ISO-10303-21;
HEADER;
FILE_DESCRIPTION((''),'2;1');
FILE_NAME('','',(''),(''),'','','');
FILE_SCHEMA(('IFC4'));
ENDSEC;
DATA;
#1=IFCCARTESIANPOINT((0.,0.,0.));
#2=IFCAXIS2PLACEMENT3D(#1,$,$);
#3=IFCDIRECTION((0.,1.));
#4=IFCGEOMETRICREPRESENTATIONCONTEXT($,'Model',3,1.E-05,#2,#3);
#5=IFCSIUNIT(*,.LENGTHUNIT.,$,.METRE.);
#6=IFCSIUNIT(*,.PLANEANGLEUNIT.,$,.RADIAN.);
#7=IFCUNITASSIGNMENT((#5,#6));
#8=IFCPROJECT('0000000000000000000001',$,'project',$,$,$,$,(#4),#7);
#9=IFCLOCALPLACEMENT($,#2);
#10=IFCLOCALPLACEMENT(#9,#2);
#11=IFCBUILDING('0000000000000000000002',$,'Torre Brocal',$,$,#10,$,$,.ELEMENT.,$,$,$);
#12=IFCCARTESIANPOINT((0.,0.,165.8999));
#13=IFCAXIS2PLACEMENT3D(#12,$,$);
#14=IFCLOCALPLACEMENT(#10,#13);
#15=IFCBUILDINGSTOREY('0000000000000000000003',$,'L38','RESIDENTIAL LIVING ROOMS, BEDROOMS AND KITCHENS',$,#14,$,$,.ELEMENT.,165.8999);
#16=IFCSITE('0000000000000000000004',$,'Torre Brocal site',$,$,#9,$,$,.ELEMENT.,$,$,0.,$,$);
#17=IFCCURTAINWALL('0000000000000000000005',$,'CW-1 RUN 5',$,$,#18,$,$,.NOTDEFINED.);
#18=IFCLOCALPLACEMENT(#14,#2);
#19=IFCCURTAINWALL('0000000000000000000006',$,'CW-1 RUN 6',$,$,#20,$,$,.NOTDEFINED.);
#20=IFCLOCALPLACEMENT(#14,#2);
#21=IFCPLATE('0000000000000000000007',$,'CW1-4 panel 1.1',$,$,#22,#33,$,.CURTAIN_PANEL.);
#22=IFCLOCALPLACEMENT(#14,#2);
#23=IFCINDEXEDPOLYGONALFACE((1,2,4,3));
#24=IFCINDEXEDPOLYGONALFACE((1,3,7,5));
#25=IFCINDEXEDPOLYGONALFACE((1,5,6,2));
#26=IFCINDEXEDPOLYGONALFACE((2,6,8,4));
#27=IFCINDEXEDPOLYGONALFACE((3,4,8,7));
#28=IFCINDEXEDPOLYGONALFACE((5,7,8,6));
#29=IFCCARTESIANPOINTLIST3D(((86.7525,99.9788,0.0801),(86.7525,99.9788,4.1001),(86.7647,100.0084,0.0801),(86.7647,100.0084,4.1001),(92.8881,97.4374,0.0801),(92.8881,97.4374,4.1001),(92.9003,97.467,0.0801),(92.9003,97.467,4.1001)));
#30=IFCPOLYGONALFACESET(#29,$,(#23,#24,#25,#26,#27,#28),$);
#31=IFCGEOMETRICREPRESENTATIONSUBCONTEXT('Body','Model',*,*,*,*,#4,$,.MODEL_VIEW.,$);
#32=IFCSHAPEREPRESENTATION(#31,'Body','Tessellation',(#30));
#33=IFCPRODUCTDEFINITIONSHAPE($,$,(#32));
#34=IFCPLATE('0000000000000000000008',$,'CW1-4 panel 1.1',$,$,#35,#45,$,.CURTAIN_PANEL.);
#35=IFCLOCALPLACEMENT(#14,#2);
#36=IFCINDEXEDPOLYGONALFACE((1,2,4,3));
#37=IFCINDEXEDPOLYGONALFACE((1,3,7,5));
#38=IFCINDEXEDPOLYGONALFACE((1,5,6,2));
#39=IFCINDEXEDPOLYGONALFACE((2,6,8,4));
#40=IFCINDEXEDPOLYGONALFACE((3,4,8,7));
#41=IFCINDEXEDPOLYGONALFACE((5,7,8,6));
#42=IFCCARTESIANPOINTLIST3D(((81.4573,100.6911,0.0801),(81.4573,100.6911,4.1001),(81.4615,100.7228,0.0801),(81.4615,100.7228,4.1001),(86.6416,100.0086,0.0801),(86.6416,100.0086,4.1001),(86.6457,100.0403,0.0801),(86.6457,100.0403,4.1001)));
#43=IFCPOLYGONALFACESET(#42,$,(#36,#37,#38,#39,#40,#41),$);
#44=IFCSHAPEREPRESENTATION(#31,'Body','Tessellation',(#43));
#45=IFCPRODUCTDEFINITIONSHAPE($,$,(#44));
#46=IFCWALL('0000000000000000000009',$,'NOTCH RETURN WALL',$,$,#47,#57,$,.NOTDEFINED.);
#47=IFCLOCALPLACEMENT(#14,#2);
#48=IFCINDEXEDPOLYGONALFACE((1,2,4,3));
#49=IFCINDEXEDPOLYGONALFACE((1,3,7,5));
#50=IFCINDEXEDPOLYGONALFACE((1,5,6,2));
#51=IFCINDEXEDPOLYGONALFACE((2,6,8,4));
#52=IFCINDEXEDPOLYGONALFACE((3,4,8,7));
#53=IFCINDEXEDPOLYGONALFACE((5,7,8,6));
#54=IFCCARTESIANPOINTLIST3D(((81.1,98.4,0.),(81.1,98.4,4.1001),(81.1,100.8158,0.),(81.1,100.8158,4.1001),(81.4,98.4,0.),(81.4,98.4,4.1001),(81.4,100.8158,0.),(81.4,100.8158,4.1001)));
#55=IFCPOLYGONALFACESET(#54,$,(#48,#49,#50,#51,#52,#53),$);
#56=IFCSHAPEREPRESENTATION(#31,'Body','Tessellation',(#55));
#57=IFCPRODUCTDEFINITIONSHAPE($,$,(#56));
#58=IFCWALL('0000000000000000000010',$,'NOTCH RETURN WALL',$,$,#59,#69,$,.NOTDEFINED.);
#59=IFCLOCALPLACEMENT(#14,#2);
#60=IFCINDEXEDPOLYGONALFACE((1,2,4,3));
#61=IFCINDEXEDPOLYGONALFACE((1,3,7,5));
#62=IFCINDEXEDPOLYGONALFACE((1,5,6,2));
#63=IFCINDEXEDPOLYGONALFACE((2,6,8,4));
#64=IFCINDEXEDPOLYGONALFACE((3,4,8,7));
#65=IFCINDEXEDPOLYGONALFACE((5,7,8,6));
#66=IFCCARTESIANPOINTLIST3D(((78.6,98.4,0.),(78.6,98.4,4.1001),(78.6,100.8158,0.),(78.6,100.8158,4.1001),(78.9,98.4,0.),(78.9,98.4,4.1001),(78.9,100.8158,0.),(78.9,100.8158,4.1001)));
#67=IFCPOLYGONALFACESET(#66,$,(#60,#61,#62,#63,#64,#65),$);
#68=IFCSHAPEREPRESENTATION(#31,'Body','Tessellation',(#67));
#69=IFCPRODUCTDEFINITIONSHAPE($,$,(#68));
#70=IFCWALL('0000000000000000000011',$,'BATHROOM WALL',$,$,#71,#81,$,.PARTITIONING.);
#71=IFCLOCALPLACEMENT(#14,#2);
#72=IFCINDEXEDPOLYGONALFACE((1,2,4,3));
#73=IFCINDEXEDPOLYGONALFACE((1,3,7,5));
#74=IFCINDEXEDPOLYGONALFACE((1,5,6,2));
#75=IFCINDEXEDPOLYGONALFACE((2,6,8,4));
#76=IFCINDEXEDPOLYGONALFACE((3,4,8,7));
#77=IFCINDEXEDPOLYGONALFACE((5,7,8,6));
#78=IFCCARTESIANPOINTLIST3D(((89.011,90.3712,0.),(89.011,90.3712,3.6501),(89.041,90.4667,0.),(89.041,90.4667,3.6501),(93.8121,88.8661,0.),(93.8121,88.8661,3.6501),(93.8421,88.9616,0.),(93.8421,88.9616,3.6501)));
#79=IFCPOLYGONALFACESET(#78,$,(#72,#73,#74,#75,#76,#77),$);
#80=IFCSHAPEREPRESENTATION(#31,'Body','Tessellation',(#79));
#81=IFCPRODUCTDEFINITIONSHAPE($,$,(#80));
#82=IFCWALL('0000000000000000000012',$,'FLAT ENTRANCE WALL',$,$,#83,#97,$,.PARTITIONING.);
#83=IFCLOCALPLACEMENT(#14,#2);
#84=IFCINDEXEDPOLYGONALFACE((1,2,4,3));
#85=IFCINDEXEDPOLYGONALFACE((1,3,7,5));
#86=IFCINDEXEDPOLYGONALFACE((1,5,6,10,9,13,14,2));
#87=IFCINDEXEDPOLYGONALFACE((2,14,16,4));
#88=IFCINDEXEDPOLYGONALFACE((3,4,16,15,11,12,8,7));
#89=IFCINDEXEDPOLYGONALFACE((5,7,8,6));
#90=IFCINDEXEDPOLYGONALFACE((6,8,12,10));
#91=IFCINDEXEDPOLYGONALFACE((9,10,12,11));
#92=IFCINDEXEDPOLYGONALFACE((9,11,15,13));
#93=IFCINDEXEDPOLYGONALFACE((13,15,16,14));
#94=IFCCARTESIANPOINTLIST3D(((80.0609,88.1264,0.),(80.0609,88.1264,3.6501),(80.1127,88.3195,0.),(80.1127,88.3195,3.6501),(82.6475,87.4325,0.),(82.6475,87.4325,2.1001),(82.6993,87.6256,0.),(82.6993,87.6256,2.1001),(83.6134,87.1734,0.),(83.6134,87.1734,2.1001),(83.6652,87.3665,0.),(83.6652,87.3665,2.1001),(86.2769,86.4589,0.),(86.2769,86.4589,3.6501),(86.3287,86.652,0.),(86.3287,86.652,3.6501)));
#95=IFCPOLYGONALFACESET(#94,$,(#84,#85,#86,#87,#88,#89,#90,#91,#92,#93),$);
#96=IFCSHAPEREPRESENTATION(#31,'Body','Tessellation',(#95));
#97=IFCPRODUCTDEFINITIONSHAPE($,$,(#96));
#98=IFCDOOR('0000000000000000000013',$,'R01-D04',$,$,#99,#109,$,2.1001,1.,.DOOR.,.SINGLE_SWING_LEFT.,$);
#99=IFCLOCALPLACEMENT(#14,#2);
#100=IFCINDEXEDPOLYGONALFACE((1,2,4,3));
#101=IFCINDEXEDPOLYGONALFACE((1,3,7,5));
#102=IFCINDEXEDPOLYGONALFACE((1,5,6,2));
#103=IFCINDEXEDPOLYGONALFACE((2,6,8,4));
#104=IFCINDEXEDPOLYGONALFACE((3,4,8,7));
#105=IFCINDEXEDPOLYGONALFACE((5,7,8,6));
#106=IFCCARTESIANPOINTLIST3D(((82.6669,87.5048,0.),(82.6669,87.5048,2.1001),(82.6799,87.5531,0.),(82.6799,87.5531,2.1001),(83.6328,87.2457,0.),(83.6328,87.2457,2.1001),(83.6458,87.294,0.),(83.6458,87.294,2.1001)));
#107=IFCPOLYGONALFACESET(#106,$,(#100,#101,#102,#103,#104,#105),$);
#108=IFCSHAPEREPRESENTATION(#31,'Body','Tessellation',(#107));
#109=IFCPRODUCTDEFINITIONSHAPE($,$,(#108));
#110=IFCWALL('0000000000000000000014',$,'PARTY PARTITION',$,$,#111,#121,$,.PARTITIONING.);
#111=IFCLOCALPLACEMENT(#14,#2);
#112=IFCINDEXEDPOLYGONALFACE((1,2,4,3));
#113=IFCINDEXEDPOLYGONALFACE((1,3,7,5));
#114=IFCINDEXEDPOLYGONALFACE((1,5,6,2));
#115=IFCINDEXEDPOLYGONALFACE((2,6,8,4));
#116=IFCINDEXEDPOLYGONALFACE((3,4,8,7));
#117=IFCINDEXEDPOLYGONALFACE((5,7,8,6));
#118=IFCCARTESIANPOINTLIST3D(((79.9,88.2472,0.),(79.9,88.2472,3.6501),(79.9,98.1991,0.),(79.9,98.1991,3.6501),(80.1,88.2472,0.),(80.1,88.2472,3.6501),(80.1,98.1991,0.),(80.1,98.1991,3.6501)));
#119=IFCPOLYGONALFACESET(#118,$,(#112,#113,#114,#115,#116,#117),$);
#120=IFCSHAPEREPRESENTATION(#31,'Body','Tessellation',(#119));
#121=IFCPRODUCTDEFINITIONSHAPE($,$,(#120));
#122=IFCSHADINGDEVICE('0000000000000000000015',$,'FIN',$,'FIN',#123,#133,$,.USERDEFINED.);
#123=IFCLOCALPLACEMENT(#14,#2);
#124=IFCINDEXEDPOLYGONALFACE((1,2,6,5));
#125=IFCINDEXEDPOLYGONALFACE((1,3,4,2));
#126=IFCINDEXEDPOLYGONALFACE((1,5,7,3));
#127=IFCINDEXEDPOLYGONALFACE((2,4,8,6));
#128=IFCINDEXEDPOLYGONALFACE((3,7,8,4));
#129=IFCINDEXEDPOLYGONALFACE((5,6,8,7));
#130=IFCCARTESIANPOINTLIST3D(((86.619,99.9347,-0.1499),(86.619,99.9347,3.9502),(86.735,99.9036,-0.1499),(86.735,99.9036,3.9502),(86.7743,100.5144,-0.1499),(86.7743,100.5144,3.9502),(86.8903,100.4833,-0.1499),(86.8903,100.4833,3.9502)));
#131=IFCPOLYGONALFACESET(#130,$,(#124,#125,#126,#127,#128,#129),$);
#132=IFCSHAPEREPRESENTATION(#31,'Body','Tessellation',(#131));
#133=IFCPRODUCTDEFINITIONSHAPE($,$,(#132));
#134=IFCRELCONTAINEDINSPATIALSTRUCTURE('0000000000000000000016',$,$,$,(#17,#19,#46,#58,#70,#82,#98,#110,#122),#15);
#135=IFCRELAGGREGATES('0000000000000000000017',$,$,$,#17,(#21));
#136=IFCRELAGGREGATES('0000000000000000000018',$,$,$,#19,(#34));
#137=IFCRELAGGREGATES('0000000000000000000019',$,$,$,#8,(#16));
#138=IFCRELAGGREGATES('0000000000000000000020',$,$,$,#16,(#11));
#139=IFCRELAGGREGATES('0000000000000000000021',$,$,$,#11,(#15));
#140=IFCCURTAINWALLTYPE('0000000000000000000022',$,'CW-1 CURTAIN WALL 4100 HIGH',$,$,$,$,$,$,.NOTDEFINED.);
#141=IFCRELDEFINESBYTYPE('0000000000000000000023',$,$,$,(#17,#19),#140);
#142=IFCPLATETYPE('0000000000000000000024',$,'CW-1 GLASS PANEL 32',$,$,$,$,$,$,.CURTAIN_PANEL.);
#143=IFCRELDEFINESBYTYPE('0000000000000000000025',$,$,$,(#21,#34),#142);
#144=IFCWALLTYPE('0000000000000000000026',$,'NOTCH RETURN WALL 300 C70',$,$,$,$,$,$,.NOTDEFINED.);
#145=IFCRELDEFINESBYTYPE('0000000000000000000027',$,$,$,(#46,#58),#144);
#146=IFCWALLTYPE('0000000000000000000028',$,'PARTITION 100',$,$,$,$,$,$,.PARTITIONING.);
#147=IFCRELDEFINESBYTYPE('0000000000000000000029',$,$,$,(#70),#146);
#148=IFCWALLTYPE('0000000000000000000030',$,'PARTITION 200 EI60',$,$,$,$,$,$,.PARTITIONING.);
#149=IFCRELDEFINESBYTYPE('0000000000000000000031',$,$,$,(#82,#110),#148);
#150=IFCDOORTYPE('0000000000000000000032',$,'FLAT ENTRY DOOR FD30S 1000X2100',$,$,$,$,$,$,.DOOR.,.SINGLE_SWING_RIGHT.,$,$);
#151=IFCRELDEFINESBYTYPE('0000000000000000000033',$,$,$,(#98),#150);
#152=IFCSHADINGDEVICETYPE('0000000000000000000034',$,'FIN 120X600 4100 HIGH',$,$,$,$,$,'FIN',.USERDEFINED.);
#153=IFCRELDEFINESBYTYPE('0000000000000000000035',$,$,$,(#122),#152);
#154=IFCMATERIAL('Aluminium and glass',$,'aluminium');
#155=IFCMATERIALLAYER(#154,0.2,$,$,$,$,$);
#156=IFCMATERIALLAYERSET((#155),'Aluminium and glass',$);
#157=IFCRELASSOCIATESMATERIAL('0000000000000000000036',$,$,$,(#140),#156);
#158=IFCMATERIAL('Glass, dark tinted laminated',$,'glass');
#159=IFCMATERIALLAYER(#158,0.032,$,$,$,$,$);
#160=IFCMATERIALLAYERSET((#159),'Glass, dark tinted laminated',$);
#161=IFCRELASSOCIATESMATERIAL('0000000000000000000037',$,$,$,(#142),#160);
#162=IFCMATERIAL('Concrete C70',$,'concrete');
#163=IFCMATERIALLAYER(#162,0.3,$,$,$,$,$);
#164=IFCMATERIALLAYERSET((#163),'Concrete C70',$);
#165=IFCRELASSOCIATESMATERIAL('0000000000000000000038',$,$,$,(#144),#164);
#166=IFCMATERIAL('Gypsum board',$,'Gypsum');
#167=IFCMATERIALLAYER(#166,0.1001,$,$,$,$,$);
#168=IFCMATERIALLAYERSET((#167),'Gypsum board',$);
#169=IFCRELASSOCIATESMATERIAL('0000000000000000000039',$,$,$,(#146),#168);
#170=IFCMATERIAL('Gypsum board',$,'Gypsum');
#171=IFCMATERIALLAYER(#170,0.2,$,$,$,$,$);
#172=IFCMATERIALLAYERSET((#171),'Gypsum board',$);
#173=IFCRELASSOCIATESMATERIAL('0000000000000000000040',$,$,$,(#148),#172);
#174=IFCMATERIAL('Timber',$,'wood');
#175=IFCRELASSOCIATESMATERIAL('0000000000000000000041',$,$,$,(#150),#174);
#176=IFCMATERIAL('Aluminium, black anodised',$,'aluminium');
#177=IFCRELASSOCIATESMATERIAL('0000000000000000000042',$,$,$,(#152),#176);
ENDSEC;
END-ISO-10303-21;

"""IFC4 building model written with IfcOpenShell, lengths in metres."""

from ifc_helpers import new_model, si_unit, direction, frame, frame_2d, origin, origin_2d, place, context, subcontext, project, spatial, rectangle, extrude, material, layer, layer_set, material_profile, profile_set, type_object, element, fill, aggregate, save


model = new_model("IFC4")

# Units and contexts
model_context = context("Model", 3, precision=1e-05, world=origin(), true_north=direction((0.0, 1.0)))
body_context = subcontext(model_context, "Body", "Model", "MODEL_VIEW")
ifc_project = project(units=[si_unit("LENGTHUNIT", "METRE"), si_unit("PLANEANGLEUNIT", "RADIAN")], contexts=[model_context])

# Site, building, storey
site_placement = place(None, origin())
site = spatial("IfcSite", under=ifc_project, at=site_placement, Name="Torre Brocal site", CompositionType="ELEMENT", RefElevation=0.0)
building_placement = place(site_placement, origin())
building = spatial("IfcBuilding", under=site, at=building_placement, Name="Torre Brocal", CompositionType="ELEMENT")
storey_placement = place(building_placement, frame((0.0, 0.0, 165.8999)))
storey = spatial("IfcBuildingStorey", under=building, at=storey_placement, Name="L38", Description="RESIDENTIAL LIVING ROOMS, BEDROOMS AND KITCHENS", CompositionType="ELEMENT", Elevation=165.8999)

# Curtain wall
ifc_material_1 = material(Name="Aluminium and glass", Category="aluminium")
ifc_layer_1 = layer(ifc_material_1, 0.2)
ifc_layer_set_1 = layer_set([ifc_layer_1], Name="Aluminium and glass")
curtain_wall_type = type_object("IfcCurtainWallType", Name="CW-1 CURTAIN WALL 4100 HIGH", PredefinedType="NOTDEFINED", material=ifc_layer_set_1)
curtain_wall_1_placement = place(storey_placement, origin())
curtain_wall_1 = element("IfcCurtainWall", 1, at=curtain_wall_1_placement, inside=storey, type_object=curtain_wall_type, Name="CW-1 RUN 5", PredefinedType="NOTDEFINED")

# Curtain wall
curtain_wall_2_placement = place(storey_placement, origin())
curtain_wall_2 = element("IfcCurtainWall", 2, at=curtain_wall_2_placement, inside=storey, type_object=curtain_wall_type, Name="CW-1 RUN 6", PredefinedType="NOTDEFINED")

# Plates
ifc_material_2 = material(Name="Glass, dark tinted laminated", Category="glass")
ifc_layer_2 = layer(ifc_material_2, 0.032)
ifc_layer_set_2 = layer_set([ifc_layer_2], Name="Glass, dark tinted laminated")
plate_type = type_object("IfcPlateType", Name="CW-1 GLASS PANEL 32", PredefinedType="CURTAIN_PANEL", material=ifc_layer_set_2)
plate_1_placement = place(storey_placement, frame((89.8264, 98.7229, 0.0801), z_axis=(0.0, 0.0, 1.0), x_axis=(-0.92388, 0.382683, 0.0)))
plate_1 = element("IfcPlate", 3, at=plate_1_placement, type_object=plate_type, Name="CW1-4 panel 1.1", PredefinedType="CURTAIN_PANEL", context=body_context, shape_type="SweptSolid", body=[
    extrude(rectangle(XDim=6.6411, YDim=0.032, at=origin_2d()), origin(), (0.0, 0.0, 1.0), 4.02),
])
aggregate(curtain_wall_1, [plate_1])
plate_2_placement = place(storey_placement, frame((84.0515, 100.3657, 0.0801), z_axis=(0.0, 0.0, 1.0), x_axis=(-0.991445, 0.130526, 0.0)))
plate_2 = element("IfcPlate", 4, at=plate_2_placement, type_object=plate_type, Name="CW1-4 panel 1.1", PredefinedType="CURTAIN_PANEL", context=body_context, shape_type="SweptSolid", body=[
    extrude(rectangle(XDim=5.229, YDim=0.032, at=origin_2d()), origin(), (0.0, 0.0, 1.0), 4.02),
])
aggregate(curtain_wall_2, [plate_2])

# Walls
ifc_material_3 = material(Name="Concrete C70", Category="concrete")
ifc_layer_3 = layer(ifc_material_3, 0.3)
ifc_layer_set_3 = layer_set([ifc_layer_3], Name="Concrete C70")
wall_type_1 = type_object("IfcWallType", Name="NOTCH RETURN WALL 300 C70", PredefinedType="NOTDEFINED", material=ifc_layer_set_3)
for number, where, z_axis, x_axis, name in (
    (5, (81.25, 98.3999, 0.0), (0.0, 0.0, 1.0), (0.0, 1.0, 0.0), "NOTCH RETURN WALL"),
    (6, (78.75, 98.3999, 0.0), (0.0, 0.0, 1.0), (0.0, 1.0, 0.0), "NOTCH RETURN WALL"),
):
    element("IfcWall", number, at=place(storey_placement, frame(where, z_axis=z_axis, x_axis=x_axis)), inside=storey, type_object=wall_type_1, Name=name, PredefinedType="NOTDEFINED", context=body_context, shape_type="SweptSolid", body=[
        extrude(rectangle(XDim=2.4158, YDim=0.3, at=frame_2d((1.208, 0.0))), origin(), (0.0, 0.0, 1.0), 4.1001),
    ])
ifc_material_4 = material(Name="Gypsum board", Category="Gypsum")
ifc_layer_4 = layer(ifc_material_4, 0.1001)
ifc_layer_set_4 = layer_set([ifc_layer_4], Name="Gypsum board")
wall_type_2 = type_object("IfcWallType", Name="PARTITION 100", PredefinedType="PARTITIONING", material=ifc_layer_set_4)
wall_1_placement = place(storey_placement, frame((89.0261, 90.4189, 0.0), z_axis=(0.0, 0.0, 1.0), x_axis=(0.954208, -0.299145, 0.0)))
element("IfcWall", 7, at=wall_1_placement, inside=storey, type_object=wall_type_2, Name="BATHROOM WALL", PredefinedType="PARTITIONING", context=body_context, shape_type="SweptSolid", body=[
    extrude(rectangle(XDim=5.0315, YDim=0.1001, at=frame_2d((2.5156, 0.0))), origin(), (0.0, 0.0, 1.0), 3.6501),
])

# Wall, opening, door
ifc_material_5 = material(Name="Gypsum board", Category="Gypsum")
ifc_layer_5 = layer(ifc_material_5, 0.2)
ifc_layer_set_5 = layer_set([ifc_layer_5], Name="Gypsum board")
wall_type_3 = type_object("IfcWallType", Name="PARTITION 200 EI60", PredefinedType="PARTITIONING", material=ifc_layer_set_5)
wall_2_placement = place(storey_placement, frame((80.0869, 88.2229, 0.0), z_axis=(0.0, 0.0, 1.0), x_axis=(0.965852, -0.259093, 0.0)))
wall_2 = element("IfcWall", 8, at=wall_2_placement, inside=storey, type_object=wall_type_3, Name="FLAT ENTRANCE WALL", PredefinedType="PARTITIONING", context=body_context, shape_type="SweptSolid", body=[
    extrude(rectangle(XDim=6.4358, YDim=0.2, at=frame_2d((3.2178, 0.0))), origin(), (0.0, 0.0, 1.0), 3.6501),
])
opening_placement = place(wall_2_placement, frame((2.678, 0.0, 0.0)))
opening = element("IfcOpeningElement", 9, at=opening_placement, cuts=wall_2, PredefinedType="OPENING", context=body_context, shape_type="SweptSolid", body=[
    extrude(rectangle(XDim=1.0, YDim=2.1001, at=frame_2d((0.5, 1.05))), frame((0.0, 0.1099, 0.0), z_axis=(0.0, -1.0, 0.0), x_axis=(1.0, 0.0, 0.0)), (0.0, 0.0, 1.0), 0.22),
])
ifc_material_6 = material(Name="Timber", Category="wood")
door_type = type_object("IfcDoorType", Name="FLAT ENTRY DOOR FD30S 1000X2100", OperationType="SINGLE_SWING_RIGHT", PredefinedType="DOOR", material=ifc_material_6)
door_placement = place(opening_placement, origin())
door = element("IfcDoor", 10, at=door_placement, inside=storey, type_object=door_type, Name="R01-D04", OperationType="SINGLE_SWING_LEFT", OverallHeight=2.1001, OverallWidth=1.0, PredefinedType="DOOR", context=body_context, shape_type="SweptSolid", body=[
    extrude(rectangle(XDim=1.0, YDim=2.1001, at=frame_2d((0.5, 1.05))), frame((0.0, 0.0249, 0.0), z_axis=(0.0, -1.0, 0.0), x_axis=(1.0, 0.0, 0.0)), (0.0, 0.0, 1.0), 0.05),
])
fill(opening, door)

# Wall
wall_3_placement = place(storey_placement, frame((80.0, 88.2471, 0.0), z_axis=(0.0, 0.0, 1.0), x_axis=(0.0, 1.0, 0.0)))
element("IfcWall", 11, at=wall_3_placement, inside=storey, type_object=wall_type_3, Name="PARTY PARTITION", PredefinedType="PARTITIONING", context=body_context, shape_type="SweptSolid", body=[
    extrude(rectangle(XDim=9.9519, YDim=0.2, at=frame_2d((4.9761, 0.0))), origin(), (0.0, 0.0, 1.0), 3.6501),
])

# Shading device
ifc_material_7 = material(Name="Aluminium, black anodised", Category="aluminium")
ifc_material_profile_1 = material_profile(ifc_material_7, rectangle(XDim=0.1201, YDim=0.6001, at=origin_2d()), Name="FIN 120X600 4100 HIGH")
ifc_profile_set_1 = profile_set([ifc_material_profile_1], Name="Aluminium, black anodised")
shading_device_type = type_object("IfcShadingDeviceType", Name="FIN 120X600 4100 HIGH", ElementType="FIN", PredefinedType="USERDEFINED", material=ifc_profile_set_1)
shading_device_placement = place(storey_placement, frame((86.7546, 100.209, -0.1499), z_axis=(0.0, 0.0, 1.0), x_axis=(-0.965926, 0.258819, 0.0)))
element("IfcShadingDevice", 12, at=shading_device_placement, inside=storey, type_object=shading_device_type, Name="FIN", ObjectType="FIN", PredefinedType="USERDEFINED", context=body_context, shape_type="SweptSolid", body=[
    extrude(rectangle(XDim=0.1201, YDim=0.6001, at=origin_2d()), origin(), (0.0, 0.0, 1.0), 4.1001),
])

save(model, "model.ifc")
